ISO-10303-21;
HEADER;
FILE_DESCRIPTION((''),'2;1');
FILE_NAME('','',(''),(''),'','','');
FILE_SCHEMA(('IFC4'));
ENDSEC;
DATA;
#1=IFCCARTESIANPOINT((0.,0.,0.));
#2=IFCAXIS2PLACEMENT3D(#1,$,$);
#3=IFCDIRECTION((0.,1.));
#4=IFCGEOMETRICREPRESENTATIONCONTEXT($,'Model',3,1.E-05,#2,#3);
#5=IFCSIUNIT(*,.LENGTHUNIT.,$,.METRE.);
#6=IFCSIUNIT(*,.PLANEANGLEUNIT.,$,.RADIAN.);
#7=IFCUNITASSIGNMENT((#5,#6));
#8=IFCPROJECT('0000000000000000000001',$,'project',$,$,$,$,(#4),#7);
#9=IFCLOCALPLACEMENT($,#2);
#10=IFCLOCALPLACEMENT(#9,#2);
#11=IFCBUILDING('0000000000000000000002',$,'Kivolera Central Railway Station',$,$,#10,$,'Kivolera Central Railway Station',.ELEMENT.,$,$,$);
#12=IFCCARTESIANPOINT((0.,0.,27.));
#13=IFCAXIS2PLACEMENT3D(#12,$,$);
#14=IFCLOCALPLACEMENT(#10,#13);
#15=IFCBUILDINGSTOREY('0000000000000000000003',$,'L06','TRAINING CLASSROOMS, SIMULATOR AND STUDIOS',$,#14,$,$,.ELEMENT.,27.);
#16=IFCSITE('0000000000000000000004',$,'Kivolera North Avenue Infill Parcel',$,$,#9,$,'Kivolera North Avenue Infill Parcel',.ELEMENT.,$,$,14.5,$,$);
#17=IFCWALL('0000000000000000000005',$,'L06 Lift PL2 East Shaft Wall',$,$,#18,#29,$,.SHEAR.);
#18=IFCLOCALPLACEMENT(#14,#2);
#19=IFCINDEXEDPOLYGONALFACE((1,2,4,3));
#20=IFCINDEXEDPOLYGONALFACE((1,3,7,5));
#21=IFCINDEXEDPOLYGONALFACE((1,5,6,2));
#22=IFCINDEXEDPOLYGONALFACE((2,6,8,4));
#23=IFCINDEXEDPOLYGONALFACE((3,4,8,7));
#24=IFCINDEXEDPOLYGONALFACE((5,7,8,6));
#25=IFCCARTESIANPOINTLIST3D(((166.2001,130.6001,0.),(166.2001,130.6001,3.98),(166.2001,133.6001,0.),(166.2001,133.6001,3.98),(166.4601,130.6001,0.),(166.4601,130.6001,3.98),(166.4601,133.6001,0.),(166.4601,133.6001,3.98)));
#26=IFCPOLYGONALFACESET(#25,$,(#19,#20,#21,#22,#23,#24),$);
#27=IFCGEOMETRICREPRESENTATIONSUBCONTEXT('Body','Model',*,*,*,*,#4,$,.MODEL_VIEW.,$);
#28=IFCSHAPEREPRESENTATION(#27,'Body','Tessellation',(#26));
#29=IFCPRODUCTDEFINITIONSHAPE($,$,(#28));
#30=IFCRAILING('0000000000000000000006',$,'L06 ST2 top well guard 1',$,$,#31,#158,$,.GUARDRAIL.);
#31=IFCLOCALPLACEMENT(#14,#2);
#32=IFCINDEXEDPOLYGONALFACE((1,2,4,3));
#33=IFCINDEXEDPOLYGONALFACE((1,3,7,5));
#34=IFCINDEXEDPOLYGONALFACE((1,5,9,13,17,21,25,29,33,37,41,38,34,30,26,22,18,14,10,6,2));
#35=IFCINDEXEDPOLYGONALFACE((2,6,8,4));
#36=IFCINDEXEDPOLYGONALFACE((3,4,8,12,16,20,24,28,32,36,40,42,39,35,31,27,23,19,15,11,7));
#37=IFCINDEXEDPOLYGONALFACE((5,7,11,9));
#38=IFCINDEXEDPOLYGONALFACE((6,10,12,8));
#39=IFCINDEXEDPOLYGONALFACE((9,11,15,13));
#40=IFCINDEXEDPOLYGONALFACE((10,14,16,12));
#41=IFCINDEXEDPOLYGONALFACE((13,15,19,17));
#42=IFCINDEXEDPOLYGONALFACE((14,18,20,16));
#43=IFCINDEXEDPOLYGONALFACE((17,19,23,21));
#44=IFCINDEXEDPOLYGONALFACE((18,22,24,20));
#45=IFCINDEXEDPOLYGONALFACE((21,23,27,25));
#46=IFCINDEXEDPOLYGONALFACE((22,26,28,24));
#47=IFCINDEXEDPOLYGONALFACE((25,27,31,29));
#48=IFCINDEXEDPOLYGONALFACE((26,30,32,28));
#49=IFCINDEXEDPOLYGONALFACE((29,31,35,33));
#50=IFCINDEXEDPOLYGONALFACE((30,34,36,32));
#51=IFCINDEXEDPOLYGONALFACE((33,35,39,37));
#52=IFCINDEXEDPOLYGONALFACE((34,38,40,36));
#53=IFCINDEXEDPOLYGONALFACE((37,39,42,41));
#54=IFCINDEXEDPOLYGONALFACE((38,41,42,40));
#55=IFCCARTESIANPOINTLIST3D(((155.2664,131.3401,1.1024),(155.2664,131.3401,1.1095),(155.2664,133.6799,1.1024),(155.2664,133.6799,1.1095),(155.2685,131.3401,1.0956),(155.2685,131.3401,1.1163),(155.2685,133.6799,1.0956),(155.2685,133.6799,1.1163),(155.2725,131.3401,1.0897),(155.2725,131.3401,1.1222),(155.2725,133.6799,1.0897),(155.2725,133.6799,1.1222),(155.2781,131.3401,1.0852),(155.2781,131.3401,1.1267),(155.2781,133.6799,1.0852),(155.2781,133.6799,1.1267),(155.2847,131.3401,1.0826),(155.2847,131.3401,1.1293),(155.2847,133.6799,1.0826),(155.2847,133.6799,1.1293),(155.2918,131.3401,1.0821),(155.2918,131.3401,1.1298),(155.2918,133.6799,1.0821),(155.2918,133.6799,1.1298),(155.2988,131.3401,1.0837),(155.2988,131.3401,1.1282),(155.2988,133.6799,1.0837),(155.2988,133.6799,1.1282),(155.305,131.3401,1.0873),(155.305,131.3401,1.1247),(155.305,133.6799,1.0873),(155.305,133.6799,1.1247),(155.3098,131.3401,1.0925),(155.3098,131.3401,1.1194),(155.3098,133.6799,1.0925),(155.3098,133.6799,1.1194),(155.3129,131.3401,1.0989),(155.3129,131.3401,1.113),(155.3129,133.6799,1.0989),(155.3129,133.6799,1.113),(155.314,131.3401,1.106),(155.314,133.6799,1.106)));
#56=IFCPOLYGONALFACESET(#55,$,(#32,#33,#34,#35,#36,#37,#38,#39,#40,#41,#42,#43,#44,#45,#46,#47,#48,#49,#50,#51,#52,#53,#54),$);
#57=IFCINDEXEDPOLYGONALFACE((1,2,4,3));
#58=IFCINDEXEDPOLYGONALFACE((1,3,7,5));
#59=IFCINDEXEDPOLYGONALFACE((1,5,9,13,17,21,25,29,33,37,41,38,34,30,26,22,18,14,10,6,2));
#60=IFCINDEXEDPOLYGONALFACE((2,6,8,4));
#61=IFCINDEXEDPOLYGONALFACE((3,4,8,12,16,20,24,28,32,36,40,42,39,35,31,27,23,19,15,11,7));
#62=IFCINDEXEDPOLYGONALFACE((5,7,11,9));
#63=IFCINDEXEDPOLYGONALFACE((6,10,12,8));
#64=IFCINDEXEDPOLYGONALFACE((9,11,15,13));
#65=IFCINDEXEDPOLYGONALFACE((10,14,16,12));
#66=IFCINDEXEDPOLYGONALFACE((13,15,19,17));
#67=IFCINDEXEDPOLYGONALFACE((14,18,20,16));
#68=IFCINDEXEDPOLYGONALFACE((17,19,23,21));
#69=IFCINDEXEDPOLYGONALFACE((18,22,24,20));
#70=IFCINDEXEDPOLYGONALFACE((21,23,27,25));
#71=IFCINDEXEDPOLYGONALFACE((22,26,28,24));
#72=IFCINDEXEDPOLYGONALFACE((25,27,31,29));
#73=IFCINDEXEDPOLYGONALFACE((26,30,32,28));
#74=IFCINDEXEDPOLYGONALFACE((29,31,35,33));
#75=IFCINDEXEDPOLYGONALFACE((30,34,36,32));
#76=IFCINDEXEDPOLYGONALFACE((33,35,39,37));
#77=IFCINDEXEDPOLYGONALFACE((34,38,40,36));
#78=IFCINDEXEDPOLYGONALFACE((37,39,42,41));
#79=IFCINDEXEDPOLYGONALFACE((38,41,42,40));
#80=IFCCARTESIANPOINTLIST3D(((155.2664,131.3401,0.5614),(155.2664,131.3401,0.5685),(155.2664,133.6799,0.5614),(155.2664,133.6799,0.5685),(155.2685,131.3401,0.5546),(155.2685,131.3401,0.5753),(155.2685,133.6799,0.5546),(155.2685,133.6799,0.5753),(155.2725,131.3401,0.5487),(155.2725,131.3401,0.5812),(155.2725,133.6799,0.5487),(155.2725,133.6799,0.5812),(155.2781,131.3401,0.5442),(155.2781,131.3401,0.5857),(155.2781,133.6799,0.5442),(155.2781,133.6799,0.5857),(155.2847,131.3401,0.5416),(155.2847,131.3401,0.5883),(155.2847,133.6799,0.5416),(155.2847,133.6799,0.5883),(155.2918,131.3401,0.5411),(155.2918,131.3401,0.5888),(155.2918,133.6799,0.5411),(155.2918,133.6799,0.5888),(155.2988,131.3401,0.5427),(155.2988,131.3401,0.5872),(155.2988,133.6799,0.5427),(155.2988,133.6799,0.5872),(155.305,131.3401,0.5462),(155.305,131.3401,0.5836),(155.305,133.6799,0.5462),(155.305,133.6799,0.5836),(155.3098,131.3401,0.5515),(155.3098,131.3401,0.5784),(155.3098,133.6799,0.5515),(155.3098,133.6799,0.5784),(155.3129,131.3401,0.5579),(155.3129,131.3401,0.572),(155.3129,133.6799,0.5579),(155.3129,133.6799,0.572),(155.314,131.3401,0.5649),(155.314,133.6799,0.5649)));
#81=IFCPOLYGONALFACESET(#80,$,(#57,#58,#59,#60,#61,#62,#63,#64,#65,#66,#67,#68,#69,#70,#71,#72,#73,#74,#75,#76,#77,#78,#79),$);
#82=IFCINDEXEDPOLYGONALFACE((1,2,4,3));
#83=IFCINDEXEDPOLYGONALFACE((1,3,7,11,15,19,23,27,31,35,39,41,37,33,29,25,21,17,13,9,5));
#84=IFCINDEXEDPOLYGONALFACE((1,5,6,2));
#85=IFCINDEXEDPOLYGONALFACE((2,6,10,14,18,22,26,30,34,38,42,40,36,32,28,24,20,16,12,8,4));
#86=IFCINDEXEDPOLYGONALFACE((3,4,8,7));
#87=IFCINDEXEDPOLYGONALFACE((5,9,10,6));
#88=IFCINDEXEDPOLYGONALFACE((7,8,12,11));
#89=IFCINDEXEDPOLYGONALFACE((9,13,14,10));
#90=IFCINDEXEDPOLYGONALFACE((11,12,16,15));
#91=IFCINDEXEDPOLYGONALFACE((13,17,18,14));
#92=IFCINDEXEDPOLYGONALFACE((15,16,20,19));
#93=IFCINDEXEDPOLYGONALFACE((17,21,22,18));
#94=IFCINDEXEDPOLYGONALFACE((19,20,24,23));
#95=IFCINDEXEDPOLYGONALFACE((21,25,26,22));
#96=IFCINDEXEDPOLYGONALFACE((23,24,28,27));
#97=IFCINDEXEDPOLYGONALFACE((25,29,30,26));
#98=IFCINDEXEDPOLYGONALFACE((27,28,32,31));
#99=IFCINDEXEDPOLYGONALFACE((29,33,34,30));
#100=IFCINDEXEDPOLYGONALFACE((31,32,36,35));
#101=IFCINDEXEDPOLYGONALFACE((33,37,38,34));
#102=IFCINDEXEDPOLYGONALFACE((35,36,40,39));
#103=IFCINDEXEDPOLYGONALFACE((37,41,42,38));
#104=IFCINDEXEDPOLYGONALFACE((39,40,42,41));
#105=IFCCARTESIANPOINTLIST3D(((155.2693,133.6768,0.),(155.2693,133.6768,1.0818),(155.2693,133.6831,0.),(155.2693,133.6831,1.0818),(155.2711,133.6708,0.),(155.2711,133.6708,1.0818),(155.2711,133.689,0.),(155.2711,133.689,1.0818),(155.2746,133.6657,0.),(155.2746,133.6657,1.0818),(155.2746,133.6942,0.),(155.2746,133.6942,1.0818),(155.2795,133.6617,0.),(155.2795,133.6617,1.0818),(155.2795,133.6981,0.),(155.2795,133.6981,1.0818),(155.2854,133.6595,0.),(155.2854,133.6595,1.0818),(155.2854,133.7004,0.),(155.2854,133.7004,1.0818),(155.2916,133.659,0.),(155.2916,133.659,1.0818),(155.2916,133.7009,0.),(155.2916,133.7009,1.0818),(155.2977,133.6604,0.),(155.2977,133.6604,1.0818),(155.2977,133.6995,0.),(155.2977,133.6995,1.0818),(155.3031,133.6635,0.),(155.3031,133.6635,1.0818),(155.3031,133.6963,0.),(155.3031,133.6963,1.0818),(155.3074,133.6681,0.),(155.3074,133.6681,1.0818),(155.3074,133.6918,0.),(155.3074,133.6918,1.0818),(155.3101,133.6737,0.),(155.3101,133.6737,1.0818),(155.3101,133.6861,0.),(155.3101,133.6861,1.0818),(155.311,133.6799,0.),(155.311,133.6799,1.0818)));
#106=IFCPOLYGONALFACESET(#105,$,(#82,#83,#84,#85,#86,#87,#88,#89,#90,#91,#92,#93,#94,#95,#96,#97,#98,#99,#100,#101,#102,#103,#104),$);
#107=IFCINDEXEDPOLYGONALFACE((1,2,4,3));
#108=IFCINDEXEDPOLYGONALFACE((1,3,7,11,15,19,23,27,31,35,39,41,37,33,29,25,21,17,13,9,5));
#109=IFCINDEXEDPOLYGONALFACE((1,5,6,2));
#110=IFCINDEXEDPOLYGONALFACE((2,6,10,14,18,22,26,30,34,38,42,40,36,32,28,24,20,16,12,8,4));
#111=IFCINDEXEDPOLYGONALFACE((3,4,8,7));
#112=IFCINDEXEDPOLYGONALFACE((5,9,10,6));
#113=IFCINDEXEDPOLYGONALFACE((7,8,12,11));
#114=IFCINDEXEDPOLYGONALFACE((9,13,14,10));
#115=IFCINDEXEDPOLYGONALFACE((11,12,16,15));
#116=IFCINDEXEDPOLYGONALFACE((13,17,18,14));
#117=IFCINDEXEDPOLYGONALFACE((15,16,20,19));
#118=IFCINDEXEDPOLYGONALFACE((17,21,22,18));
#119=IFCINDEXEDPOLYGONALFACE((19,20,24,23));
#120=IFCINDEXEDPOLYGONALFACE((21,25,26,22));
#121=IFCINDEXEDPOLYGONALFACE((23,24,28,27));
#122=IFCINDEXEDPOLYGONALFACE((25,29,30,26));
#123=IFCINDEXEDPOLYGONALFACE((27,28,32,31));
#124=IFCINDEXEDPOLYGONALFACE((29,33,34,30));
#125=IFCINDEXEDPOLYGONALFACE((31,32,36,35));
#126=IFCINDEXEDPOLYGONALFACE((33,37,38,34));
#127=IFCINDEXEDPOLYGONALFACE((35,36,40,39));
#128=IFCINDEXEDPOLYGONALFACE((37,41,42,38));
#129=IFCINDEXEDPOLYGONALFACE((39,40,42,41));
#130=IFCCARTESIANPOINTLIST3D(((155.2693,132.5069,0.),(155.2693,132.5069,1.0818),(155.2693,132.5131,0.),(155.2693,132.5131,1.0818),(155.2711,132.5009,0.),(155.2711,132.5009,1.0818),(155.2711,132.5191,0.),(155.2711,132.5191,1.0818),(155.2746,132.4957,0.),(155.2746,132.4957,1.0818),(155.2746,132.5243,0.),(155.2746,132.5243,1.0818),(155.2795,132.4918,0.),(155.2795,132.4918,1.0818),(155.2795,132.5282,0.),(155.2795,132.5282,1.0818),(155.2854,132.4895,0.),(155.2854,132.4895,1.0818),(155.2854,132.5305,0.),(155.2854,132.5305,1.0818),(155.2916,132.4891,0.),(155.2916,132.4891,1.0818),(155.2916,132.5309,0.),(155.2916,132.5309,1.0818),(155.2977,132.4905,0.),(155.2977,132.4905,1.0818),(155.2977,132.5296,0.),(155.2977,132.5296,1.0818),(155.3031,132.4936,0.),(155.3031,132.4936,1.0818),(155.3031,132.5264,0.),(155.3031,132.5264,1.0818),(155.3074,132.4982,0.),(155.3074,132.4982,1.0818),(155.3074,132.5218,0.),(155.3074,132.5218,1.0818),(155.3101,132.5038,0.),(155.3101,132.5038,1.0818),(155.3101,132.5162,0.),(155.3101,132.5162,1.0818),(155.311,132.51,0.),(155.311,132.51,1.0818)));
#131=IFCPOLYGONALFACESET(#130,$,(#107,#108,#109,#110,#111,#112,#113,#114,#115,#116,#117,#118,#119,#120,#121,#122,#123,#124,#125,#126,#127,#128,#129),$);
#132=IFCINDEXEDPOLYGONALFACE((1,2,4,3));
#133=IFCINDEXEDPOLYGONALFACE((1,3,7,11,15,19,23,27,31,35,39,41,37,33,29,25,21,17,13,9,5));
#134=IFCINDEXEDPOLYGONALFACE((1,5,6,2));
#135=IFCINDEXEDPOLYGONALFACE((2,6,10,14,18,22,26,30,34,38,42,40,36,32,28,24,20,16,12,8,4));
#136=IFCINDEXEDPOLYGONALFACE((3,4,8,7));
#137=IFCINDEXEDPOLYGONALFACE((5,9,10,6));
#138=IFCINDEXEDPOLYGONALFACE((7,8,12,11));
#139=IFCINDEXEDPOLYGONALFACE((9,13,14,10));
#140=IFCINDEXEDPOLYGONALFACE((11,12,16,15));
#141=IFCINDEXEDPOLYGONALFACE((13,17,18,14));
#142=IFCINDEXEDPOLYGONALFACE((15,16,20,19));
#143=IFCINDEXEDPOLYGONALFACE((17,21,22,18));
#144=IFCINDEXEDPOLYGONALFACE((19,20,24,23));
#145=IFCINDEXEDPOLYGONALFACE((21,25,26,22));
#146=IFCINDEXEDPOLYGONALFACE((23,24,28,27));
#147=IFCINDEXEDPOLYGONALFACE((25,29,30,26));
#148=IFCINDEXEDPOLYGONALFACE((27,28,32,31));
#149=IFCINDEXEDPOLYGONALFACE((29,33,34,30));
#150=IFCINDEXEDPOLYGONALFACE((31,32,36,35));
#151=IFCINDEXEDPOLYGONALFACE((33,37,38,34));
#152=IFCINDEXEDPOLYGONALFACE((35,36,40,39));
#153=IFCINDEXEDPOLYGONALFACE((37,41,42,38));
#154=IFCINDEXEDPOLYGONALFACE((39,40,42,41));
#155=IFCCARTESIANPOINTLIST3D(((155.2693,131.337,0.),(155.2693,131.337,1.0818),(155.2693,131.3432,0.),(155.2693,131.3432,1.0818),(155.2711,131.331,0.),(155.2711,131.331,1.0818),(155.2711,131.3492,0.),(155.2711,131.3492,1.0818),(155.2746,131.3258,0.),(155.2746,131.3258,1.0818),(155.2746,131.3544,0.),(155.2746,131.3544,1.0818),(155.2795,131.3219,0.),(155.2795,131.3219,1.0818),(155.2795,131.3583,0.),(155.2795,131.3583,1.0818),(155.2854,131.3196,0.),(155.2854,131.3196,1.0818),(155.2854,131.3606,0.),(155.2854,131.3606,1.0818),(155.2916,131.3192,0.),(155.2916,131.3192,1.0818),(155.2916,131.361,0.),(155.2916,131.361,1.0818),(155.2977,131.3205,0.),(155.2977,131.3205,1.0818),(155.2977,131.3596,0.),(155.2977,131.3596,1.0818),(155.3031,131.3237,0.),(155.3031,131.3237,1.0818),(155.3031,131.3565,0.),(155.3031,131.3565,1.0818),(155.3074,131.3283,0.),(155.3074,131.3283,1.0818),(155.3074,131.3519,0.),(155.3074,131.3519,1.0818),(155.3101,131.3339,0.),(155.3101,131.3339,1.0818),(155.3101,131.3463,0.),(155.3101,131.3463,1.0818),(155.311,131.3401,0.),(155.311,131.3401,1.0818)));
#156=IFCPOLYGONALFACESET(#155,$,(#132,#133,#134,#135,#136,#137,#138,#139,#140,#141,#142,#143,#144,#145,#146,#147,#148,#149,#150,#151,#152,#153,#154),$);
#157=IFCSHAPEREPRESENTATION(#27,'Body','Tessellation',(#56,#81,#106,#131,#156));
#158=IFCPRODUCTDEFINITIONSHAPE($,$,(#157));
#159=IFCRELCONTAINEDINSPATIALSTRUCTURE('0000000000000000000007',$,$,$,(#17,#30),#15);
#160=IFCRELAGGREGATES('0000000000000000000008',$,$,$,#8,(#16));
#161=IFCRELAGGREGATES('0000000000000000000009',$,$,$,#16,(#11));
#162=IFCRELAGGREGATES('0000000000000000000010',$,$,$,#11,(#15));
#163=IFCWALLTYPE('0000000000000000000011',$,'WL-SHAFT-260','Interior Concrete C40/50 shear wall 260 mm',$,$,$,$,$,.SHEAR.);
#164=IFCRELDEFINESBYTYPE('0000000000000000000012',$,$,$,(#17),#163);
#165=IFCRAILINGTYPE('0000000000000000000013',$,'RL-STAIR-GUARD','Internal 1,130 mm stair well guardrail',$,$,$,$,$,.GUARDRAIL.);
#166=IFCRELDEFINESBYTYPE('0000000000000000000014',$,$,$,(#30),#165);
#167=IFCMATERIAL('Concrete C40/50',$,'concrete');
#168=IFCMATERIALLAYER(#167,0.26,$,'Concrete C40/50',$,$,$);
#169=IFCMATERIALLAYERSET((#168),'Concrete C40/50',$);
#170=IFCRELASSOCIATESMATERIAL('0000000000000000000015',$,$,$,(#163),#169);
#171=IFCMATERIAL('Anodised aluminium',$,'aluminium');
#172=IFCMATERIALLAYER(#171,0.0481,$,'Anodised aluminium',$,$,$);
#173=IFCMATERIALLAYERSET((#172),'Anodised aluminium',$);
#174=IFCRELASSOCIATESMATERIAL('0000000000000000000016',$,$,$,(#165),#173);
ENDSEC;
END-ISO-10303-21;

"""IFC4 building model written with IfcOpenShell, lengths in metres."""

from ifc_helpers import new_model, si_unit, direction, frame, frame_2d, origin, origin_2d, place, context, subcontext, project, spatial, rectangle, circle, extrude, material, layer, layer_set, type_object, element, save


model = new_model("IFC4")

# Units and contexts
model_context = context("Model", 3, precision=1e-05, world=origin(), true_north=direction((0.0, 1.0)))
body_context = subcontext(model_context, "Body", "Model", "MODEL_VIEW")
ifc_project = project(units=[si_unit("LENGTHUNIT", "METRE"), si_unit("PLANEANGLEUNIT", "RADIAN")], contexts=[model_context])

# Site, building, storey
site_placement = place(None, origin())
site = spatial("IfcSite", under=ifc_project, at=site_placement, Name="Kivolera North Avenue Infill Parcel", LongName="Kivolera North Avenue Infill Parcel", CompositionType="ELEMENT", RefElevation=14.5)
building_placement = place(site_placement, origin())
building = spatial("IfcBuilding", under=site, at=building_placement, Name="Kivolera Central Railway Station", LongName="Kivolera Central Railway Station", CompositionType="ELEMENT")
storey_placement = place(building_placement, frame((0.0, 0.0, 27.0)))
storey = spatial("IfcBuildingStorey", under=building, at=storey_placement, Name="L06", Description="TRAINING CLASSROOMS, SIMULATOR AND STUDIOS", CompositionType="ELEMENT", Elevation=27.0)

# Shared definitions
ifc_material_1 = material(Name="Concrete C40/50", Category="concrete")

# Shared definitions
ifc_layer_1 = layer(ifc_material_1, 0.26, Name="Concrete C40/50")
ifc_layer_set_1 = layer_set([ifc_layer_1], Name="Concrete C40/50")
wall_type_1 = type_object("IfcWallType", Name="WL-SHAFT-260", Description="Interior Concrete C40/50 shear wall 260 mm", PredefinedType="SHEAR", material=ifc_layer_set_1)
ifc_material_2 = material(Name="Anodised aluminium", Category="aluminium")

# Wall
for number, where, z_axis, x_axis, name in (
    (1, (166.3301, 130.6001, 0.0), (0.0, 0.0, 1.0), (0.0, 1.0, 0.0), "L06 Lift PL2 East Shaft Wall"),
):
    element("IfcWall", number, at=place(storey_placement, frame(where, z_axis=z_axis, x_axis=x_axis)), inside=storey, type_object=wall_type_1, Name=name, PredefinedType="SHEAR", context=body_context, shape_type="SweptSolid", body=[
        extrude(rectangle(XDim=3.0, YDim=0.26, at=frame_2d((1.5, 0.0))), origin(), (0.0, 0.0, 1.0), 3.98),
    ])

# Railing
ifc_layer_2 = layer(ifc_material_2, 0.0481, Name="Anodised aluminium")
ifc_layer_set_2 = layer_set([ifc_layer_2], Name="Anodised aluminium")
railing_type = type_object("IfcRailingType", Name="RL-STAIR-GUARD", Description="Internal 1,130 mm stair well guardrail", PredefinedType="GUARDRAIL", material=ifc_layer_set_2)
railing_placement = place(storey_placement, frame((155.29, 133.6799, 0.0)))
element("IfcRailing", 2, at=railing_placement, inside=storey, type_object=railing_type, Name="L06 ST2 top well guard 1", PredefinedType="GUARDRAIL", context=body_context, shape_type="SweptSolid", body=[
    extrude(circle(Radius=0.0239, at=origin_2d()), frame((0.0, 0.0, 1.106), z_axis=(0.0, -1.0, 0.0), x_axis=(1.0, 0.0, 0.0)), (0.0, 0.0, 1.0), 2.3398),
    extrude(circle(Radius=0.0239, at=origin_2d()), frame((0.0, 0.0, 0.5649), z_axis=(0.0, -1.0, 0.0), x_axis=(1.0, 0.0, 0.0)), (0.0, 0.0, 1.0), 2.3398),
    extrude(circle(Radius=0.021, at=origin_2d()), origin(), (0.0, 0.0, 1.0), 1.0818),
    extrude(circle(Radius=0.021, at=origin_2d()), frame((0.0, -1.1699, 0.0)), (0.0, 0.0, 1.0), 1.0818),
    extrude(circle(Radius=0.021, at=origin_2d()), frame((0.0, -2.3398, 0.0)), (0.0, 0.0, 1.0), 1.0818),
])

save(model, "model.ifc")
